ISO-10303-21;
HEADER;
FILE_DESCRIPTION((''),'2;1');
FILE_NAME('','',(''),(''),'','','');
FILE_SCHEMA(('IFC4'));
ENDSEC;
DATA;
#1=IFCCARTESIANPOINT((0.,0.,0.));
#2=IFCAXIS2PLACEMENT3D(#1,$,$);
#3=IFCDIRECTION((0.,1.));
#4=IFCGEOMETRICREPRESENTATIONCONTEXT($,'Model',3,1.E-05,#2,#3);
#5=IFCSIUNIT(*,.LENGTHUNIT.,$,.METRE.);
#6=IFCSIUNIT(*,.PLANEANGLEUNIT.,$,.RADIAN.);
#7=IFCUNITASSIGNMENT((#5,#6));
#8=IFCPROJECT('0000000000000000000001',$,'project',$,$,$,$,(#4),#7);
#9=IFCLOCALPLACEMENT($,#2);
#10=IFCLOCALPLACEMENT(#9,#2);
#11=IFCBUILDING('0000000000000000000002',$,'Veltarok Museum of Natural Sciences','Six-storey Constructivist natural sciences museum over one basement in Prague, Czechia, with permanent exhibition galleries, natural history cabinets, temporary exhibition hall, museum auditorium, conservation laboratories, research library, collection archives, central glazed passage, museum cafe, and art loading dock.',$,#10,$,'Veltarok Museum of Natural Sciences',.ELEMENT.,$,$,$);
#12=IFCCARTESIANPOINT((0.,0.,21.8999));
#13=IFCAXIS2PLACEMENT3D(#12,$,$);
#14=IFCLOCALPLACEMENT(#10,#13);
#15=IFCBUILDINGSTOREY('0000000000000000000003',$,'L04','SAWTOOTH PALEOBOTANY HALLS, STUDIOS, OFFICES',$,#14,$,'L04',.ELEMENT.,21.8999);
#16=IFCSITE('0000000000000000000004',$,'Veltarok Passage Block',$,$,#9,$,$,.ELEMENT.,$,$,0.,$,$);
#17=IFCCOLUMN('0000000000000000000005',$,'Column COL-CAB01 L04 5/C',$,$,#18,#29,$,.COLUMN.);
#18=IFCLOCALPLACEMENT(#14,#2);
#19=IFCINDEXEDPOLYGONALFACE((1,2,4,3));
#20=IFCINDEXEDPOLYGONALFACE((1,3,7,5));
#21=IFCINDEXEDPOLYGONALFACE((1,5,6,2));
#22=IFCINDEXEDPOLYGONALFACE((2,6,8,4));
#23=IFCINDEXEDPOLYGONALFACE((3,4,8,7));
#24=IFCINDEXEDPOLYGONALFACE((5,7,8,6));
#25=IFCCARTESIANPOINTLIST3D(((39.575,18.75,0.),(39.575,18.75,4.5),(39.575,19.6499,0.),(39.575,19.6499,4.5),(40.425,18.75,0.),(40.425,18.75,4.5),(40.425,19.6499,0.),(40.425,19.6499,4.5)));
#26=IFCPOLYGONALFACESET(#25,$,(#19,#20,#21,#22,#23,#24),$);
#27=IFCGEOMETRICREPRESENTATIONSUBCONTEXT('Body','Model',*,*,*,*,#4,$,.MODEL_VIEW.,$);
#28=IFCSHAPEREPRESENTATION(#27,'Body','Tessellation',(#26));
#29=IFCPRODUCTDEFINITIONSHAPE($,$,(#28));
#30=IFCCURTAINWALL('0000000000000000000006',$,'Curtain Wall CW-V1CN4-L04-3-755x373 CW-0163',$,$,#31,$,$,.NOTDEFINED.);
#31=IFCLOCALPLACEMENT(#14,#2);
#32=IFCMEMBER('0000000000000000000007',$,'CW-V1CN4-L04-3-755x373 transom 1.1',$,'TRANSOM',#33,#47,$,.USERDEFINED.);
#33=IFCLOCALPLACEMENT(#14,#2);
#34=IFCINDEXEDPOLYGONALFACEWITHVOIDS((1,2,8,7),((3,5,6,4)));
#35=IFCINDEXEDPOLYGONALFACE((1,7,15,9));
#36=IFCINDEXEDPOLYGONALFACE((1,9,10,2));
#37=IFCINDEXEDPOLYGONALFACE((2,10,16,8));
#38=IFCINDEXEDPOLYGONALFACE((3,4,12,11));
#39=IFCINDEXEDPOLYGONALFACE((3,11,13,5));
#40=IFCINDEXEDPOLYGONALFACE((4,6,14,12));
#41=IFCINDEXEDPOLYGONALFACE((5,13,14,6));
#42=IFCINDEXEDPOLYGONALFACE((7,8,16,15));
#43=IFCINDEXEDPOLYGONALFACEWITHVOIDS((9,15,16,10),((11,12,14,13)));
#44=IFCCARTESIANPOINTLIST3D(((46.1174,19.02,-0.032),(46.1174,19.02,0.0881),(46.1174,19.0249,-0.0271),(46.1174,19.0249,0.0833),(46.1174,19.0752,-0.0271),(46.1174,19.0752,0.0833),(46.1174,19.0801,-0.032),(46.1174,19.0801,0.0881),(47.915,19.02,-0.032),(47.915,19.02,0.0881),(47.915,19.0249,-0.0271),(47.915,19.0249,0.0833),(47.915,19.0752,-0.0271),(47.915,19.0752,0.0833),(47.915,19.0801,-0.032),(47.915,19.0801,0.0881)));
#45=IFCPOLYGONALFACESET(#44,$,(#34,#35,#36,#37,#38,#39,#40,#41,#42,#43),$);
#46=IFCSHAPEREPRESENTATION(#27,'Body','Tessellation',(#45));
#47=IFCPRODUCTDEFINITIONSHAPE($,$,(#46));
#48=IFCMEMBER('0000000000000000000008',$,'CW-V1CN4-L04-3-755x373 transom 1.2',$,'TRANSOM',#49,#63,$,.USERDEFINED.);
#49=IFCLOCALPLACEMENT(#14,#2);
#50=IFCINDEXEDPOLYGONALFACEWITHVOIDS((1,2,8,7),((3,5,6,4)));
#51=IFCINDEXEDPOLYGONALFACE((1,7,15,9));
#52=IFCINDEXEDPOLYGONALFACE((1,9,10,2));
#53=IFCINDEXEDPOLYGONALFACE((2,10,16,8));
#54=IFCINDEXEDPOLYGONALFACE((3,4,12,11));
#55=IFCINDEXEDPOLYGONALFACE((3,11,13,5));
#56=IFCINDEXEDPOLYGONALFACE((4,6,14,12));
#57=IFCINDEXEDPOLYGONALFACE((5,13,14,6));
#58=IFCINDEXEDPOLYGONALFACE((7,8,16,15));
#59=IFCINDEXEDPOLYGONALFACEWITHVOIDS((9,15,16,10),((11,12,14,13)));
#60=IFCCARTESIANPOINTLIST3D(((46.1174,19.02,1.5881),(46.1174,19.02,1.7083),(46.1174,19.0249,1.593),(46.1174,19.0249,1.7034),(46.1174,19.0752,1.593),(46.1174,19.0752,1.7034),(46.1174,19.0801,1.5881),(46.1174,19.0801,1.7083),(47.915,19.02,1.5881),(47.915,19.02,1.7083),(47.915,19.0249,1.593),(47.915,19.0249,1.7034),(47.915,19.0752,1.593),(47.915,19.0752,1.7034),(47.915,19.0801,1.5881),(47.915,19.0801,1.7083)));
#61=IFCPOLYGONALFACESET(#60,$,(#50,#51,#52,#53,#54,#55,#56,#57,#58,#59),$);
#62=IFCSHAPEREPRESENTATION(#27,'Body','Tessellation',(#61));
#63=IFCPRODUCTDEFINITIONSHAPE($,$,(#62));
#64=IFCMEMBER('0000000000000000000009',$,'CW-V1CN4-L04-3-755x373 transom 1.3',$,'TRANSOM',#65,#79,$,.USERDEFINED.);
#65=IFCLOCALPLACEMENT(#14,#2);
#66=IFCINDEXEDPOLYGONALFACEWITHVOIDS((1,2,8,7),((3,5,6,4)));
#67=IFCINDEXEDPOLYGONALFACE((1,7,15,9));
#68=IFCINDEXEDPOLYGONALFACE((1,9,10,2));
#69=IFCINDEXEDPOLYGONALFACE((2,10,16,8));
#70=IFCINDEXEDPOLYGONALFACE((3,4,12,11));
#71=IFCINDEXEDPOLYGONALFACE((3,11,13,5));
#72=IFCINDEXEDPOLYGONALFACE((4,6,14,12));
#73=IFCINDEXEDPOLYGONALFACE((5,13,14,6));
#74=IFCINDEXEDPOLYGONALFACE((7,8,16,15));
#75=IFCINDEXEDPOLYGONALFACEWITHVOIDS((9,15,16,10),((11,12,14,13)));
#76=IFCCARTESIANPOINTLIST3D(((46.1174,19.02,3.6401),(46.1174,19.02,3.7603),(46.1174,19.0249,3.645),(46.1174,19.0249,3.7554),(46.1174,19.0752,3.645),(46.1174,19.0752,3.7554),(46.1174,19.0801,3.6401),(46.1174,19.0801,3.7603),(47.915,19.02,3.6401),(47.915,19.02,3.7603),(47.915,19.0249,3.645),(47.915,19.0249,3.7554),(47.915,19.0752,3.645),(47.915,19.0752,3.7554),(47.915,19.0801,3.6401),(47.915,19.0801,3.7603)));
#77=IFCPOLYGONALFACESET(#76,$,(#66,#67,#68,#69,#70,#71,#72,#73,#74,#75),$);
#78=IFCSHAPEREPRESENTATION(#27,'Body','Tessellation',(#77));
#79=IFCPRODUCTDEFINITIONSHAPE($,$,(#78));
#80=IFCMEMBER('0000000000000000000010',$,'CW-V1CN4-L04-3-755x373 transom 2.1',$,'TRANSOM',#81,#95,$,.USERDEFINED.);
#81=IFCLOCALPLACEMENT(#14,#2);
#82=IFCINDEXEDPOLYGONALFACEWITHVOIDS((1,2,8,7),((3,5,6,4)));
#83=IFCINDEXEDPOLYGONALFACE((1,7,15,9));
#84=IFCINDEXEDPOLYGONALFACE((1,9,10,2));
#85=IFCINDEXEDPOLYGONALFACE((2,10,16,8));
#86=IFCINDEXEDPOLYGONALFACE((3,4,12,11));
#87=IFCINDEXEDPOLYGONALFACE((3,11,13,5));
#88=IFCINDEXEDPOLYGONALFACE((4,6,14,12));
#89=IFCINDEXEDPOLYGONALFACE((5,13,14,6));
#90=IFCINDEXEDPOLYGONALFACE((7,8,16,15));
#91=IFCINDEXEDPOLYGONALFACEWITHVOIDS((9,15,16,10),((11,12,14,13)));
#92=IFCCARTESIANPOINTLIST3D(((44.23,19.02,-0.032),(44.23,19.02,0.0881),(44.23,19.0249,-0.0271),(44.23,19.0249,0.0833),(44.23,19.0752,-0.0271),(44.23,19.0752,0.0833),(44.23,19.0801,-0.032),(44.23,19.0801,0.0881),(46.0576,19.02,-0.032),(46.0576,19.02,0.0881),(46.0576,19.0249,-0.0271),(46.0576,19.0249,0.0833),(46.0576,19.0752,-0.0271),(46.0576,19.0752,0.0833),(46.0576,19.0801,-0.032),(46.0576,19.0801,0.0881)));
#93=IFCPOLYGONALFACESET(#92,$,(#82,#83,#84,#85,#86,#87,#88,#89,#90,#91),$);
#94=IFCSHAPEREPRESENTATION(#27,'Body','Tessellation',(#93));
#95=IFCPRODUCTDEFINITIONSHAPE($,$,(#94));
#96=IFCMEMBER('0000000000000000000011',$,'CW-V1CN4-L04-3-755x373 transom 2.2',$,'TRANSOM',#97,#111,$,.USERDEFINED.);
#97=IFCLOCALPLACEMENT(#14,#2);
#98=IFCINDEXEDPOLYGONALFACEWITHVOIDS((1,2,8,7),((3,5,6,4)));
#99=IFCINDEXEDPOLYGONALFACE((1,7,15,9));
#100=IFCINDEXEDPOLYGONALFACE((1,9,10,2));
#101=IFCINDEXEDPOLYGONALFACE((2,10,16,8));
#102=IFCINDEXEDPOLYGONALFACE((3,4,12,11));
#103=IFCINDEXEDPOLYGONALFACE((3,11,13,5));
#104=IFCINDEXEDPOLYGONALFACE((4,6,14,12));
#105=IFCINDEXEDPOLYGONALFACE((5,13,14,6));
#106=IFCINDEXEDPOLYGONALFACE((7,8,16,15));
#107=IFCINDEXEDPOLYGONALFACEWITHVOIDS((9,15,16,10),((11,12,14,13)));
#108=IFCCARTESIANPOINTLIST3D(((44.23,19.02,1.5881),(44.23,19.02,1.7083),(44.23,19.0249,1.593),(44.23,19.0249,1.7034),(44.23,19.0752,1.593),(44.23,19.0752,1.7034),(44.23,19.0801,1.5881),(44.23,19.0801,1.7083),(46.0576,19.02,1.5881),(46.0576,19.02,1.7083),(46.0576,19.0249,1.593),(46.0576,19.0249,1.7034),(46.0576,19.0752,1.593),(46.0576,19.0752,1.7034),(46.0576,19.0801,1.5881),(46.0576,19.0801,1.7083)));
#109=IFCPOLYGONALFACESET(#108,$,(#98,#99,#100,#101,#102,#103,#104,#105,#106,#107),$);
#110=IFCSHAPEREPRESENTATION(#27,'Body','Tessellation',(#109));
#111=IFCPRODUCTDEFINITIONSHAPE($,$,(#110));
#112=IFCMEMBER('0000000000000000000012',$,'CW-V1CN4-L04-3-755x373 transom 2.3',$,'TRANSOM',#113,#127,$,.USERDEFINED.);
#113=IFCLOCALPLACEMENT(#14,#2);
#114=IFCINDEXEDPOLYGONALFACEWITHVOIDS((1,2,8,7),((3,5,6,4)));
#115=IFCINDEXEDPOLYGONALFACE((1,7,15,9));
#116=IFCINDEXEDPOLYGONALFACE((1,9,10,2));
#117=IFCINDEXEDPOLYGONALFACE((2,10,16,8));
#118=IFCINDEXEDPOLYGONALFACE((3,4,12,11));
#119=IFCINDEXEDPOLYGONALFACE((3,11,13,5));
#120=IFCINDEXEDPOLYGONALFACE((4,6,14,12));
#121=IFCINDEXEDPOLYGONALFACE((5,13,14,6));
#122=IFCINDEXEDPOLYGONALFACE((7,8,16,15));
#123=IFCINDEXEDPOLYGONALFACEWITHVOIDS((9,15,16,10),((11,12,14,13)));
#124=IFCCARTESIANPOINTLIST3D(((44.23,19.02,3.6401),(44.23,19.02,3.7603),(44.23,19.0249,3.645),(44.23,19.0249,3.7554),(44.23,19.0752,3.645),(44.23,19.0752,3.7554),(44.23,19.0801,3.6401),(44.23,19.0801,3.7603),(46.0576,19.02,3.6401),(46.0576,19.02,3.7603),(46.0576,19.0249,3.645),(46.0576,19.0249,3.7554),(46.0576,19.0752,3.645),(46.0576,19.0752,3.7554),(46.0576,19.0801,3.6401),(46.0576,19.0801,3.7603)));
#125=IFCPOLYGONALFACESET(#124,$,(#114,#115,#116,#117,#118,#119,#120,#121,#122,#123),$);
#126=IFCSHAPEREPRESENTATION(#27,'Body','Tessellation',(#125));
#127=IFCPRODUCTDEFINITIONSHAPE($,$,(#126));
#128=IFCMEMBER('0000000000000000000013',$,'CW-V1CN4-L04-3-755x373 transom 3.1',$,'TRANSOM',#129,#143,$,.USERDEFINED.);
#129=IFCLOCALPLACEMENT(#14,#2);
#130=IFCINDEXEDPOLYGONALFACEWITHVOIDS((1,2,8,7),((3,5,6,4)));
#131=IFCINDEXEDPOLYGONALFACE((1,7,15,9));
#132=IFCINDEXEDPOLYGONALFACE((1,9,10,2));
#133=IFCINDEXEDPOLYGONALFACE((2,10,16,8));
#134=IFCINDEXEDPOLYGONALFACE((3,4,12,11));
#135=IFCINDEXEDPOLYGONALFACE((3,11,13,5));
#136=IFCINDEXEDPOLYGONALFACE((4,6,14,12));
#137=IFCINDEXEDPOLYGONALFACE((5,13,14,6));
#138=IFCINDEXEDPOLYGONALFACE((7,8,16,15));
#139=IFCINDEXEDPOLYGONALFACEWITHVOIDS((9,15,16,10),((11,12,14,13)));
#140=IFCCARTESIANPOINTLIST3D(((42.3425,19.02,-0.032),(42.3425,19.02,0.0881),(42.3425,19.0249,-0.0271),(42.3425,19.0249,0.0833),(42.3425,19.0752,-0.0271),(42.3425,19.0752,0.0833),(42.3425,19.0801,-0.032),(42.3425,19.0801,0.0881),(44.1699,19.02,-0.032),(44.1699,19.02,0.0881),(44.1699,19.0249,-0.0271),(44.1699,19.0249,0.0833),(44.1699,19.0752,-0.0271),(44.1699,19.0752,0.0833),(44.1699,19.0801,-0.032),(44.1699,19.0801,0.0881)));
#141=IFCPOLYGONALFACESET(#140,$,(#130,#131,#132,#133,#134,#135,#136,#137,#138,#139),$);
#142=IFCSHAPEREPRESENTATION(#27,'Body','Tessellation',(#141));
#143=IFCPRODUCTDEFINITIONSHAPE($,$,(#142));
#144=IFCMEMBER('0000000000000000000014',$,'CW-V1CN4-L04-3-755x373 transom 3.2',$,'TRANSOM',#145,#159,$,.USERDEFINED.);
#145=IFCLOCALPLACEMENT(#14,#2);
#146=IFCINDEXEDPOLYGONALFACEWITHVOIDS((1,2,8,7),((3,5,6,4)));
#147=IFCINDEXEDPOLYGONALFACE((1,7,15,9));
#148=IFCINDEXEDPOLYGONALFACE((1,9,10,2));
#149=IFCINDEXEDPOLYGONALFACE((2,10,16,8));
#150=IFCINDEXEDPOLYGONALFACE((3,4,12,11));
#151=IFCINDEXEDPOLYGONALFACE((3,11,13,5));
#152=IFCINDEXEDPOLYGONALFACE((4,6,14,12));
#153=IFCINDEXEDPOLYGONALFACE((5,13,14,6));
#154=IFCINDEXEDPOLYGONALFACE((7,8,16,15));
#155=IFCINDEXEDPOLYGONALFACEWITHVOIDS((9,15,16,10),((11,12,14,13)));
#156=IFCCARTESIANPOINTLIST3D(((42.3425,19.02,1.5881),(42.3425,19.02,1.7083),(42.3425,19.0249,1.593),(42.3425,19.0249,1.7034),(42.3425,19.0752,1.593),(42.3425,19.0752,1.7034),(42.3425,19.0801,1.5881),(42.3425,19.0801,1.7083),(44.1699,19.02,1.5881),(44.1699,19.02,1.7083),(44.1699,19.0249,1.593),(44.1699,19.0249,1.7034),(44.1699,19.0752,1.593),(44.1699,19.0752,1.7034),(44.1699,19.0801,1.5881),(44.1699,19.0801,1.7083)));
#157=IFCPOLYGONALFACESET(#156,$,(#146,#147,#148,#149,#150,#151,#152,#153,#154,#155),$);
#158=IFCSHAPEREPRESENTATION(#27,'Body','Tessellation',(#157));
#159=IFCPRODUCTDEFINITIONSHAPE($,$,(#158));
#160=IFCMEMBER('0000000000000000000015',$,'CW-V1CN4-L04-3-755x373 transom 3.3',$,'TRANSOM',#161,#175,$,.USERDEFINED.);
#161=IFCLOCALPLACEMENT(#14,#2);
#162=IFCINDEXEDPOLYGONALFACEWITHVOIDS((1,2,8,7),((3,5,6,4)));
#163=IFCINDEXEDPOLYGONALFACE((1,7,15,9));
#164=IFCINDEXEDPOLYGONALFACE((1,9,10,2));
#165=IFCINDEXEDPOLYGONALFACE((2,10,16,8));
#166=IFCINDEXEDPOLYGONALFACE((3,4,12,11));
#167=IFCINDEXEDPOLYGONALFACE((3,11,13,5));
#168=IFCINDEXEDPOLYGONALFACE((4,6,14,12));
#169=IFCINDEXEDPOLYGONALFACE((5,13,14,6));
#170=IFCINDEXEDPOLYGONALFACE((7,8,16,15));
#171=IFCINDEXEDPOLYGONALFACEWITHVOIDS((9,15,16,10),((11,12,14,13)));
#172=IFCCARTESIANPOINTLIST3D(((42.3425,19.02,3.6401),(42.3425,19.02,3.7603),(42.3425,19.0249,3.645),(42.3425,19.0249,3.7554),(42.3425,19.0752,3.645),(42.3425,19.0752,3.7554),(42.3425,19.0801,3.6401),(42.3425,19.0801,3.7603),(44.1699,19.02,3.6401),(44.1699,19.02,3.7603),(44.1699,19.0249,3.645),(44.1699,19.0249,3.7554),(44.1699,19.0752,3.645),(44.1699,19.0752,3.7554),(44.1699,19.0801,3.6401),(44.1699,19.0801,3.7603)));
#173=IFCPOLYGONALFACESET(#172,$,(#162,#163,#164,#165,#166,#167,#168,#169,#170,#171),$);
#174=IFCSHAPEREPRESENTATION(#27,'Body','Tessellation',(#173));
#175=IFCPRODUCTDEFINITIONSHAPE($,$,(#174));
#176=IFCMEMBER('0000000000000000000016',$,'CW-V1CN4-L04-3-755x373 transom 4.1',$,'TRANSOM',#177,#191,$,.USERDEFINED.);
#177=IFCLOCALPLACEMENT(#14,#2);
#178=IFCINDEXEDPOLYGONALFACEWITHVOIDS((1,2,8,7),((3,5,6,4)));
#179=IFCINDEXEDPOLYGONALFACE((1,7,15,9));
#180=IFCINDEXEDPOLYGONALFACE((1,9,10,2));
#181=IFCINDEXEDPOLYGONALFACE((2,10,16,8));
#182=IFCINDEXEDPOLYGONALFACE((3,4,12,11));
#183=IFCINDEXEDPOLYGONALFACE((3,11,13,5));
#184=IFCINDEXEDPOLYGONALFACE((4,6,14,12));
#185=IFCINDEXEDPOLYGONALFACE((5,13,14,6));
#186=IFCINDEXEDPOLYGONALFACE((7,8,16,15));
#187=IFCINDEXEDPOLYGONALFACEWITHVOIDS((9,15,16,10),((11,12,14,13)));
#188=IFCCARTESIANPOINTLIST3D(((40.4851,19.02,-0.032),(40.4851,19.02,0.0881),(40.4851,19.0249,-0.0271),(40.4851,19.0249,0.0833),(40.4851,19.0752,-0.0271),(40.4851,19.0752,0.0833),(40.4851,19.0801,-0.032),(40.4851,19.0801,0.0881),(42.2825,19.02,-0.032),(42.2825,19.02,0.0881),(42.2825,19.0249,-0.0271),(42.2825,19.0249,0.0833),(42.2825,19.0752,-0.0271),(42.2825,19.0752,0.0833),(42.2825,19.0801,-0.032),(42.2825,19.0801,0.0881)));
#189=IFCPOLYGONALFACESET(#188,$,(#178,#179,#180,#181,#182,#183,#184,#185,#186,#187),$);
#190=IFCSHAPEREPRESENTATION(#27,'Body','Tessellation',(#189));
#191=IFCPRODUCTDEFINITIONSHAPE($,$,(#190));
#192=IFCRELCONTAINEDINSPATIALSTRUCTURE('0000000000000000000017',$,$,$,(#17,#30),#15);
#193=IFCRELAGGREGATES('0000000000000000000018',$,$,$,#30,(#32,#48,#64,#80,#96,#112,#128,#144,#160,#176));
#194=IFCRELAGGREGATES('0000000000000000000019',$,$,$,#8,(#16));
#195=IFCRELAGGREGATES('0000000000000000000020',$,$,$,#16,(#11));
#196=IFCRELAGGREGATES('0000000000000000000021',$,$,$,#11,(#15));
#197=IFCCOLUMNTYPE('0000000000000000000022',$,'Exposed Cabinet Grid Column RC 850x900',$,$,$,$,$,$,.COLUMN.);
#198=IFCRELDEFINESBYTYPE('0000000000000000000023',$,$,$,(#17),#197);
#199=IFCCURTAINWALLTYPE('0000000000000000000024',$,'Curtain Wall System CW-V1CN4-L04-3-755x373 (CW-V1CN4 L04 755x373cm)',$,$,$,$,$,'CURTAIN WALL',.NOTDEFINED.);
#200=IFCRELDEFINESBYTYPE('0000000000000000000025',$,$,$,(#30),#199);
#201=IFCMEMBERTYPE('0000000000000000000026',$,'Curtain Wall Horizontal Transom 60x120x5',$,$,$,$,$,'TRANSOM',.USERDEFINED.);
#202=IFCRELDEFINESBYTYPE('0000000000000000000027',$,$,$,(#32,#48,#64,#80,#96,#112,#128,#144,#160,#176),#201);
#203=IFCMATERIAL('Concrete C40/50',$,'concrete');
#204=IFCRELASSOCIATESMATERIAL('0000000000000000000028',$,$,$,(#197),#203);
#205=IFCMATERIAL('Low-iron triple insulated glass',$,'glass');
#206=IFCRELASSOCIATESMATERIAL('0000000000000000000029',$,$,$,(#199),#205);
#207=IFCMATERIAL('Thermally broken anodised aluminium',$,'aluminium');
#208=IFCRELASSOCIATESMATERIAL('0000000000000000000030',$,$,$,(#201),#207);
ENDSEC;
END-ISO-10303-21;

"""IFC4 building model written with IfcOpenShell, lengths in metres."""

from ifc_helpers import new_model, si_unit, direction, frame, origin, origin_2d, place, context, subcontext, project, spatial, rectangle, hollow_rectangle, extrude, material, material_profile, profile_set, type_object, element, aggregate, save


model = new_model("IFC4")

# Units and contexts
model_context = context("Model", 3, precision=1e-05, world=origin(), true_north=direction((0.0, 1.0)))
body_context = subcontext(model_context, "Body", "Model", "MODEL_VIEW")
ifc_project = project(units=[si_unit("LENGTHUNIT", "METRE"), si_unit("PLANEANGLEUNIT", "RADIAN")], contexts=[model_context])

# Site, building, storey
site_placement = place(None, origin())
site = spatial("IfcSite", under=ifc_project, at=site_placement, Name="Veltarok Passage Block", CompositionType="ELEMENT", RefElevation=0.0)
building_placement = place(site_placement, origin())
building = spatial("IfcBuilding", under=site, at=building_placement, Name="Veltarok Museum of Natural Sciences", Description="Six-storey Constructivist natural sciences museum over one basement in Prague, Czechia, with permanent exhibition galleries, natural history cabinets, temporary exhibition hall, museum auditorium, conservation laboratories, research library, collection archives, central glazed passage, museum cafe, and art loading dock.", LongName="Veltarok Museum of Natural Sciences", CompositionType="ELEMENT")
storey_placement = place(building_placement, frame((0.0, 0.0, 21.8999)))
storey = spatial("IfcBuildingStorey", under=building, at=storey_placement, Name="L04", Description="SAWTOOTH PALEOBOTANY HALLS, STUDIOS, OFFICES", LongName="L04", CompositionType="ELEMENT", Elevation=21.8999)

# Column
ifc_material_1 = material(Name="Concrete C40/50", Category="concrete")
ifc_material_profile_1 = material_profile(ifc_material_1, rectangle(XDim=0.8501, YDim=0.8999, at=origin_2d()), Name="RC 850x900")
ifc_profile_set_1 = profile_set([ifc_material_profile_1], Name="Concrete C40/50")
column_type = type_object("IfcColumnType", Name="Exposed Cabinet Grid Column RC 850x900", PredefinedType="COLUMN", material=ifc_profile_set_1)
column_placement = place(storey_placement, frame((40.0, 19.2, 0.0), z_axis=(0.0, 0.0, 1.0), x_axis=(1.0, 0.0, 0.0)))
element("IfcColumn", 1, at=column_placement, inside=storey, type_object=column_type, Name="Column COL-CAB01 L04 5/C", PredefinedType="COLUMN", context=body_context, shape_type="SweptSolid", body=[
    extrude(rectangle(XDim=0.8501, YDim=0.8999, at=origin_2d()), origin(), (0.0, 0.0, 1.0), 4.5),
])

# Curtain wall, members
ifc_material_2 = material(Name="Low-iron triple insulated glass", Category="glass")
curtain_wall_type = type_object("IfcCurtainWallType", Name="Curtain Wall System CW-V1CN4-L04-3-755x373 (CW-V1CN4 L04 755x373cm)", ElementType="CURTAIN WALL", PredefinedType="NOTDEFINED", material=ifc_material_2)
curtain_wall_placement = place(storey_placement, origin())
curtain_wall = element("IfcCurtainWall", 2, at=curtain_wall_placement, inside=storey, type_object=curtain_wall_type, Name="Curtain Wall CW-V1CN4-L04-3-755x373 CW-0163", PredefinedType="NOTDEFINED")
ifc_material_3 = material(Name="Thermally broken anodised aluminium", Category="aluminium")
ifc_material_profile_2 = material_profile(ifc_material_3, hollow_rectangle(XDim=0.0601, YDim=0.1201, WallThickness=0.0049, at=origin_2d()), Name="CW TRANSOM 60x120x5")
ifc_profile_set_2 = profile_set([ifc_material_profile_2], Name="Thermally broken anodised aluminium")
member_type_1 = type_object("IfcMemberType", Name="Curtain Wall Horizontal Transom 60x120x5", ElementType="TRANSOM", PredefinedType="USERDEFINED", material=ifc_profile_set_2)
member_1_placement = place(storey_placement, frame((47.915, 19.05, 0.0281), z_axis=(-1.0, 0.0, 0.0), x_axis=(0.0, -1.0, 0.0)))
member_1 = element("IfcMember", 3, at=member_1_placement, type_object=member_type_1, Name="CW-V1CN4-L04-3-755x373 transom 1.1", ObjectType="TRANSOM", PredefinedType="USERDEFINED", context=body_context, shape_type="SweptSolid", body=[
    extrude(hollow_rectangle(XDim=0.0601, YDim=0.1201, WallThickness=0.0049, at=origin_2d()), origin(), (0.0, 0.0, 1.0), 1.7976),
])
member_2_placement = place(storey_placement, frame((47.915, 19.05, 1.6482), z_axis=(-1.0, 0.0, 0.0), x_axis=(0.0, -1.0, 0.0)))
member_2 = element("IfcMember", 4, at=member_2_placement, type_object=member_type_1, Name="CW-V1CN4-L04-3-755x373 transom 1.2", ObjectType="TRANSOM", PredefinedType="USERDEFINED", context=body_context, shape_type="SweptSolid", body=[
    extrude(hollow_rectangle(XDim=0.0601, YDim=0.1201, WallThickness=0.0049, at=origin_2d()), origin(), (0.0, 0.0, 1.0), 1.7976),
])
member_3_placement = place(storey_placement, frame((47.915, 19.05, 3.7002), z_axis=(-1.0, 0.0, 0.0), x_axis=(0.0, -1.0, 0.0)))
member_3 = element("IfcMember", 5, at=member_3_placement, type_object=member_type_1, Name="CW-V1CN4-L04-3-755x373 transom 1.3", ObjectType="TRANSOM", PredefinedType="USERDEFINED", context=body_context, shape_type="SweptSolid", body=[
    extrude(hollow_rectangle(XDim=0.0601, YDim=0.1201, WallThickness=0.0049, at=origin_2d()), origin(), (0.0, 0.0, 1.0), 1.7976),
])
member_4_placement = place(storey_placement, frame((46.0576, 19.05, 0.0281), z_axis=(-1.0, 0.0, 0.0), x_axis=(0.0, -1.0, 0.0)))
member_4 = element("IfcMember", 6, at=member_4_placement, type_object=member_type_1, Name="CW-V1CN4-L04-3-755x373 transom 2.1", ObjectType="TRANSOM", PredefinedType="USERDEFINED", context=body_context, shape_type="SweptSolid", body=[
    extrude(hollow_rectangle(XDim=0.0601, YDim=0.1201, WallThickness=0.0049, at=origin_2d()), origin(), (0.0, 0.0, 1.0), 1.8276),
])
member_5_placement = place(storey_placement, frame((46.0576, 19.05, 1.6482), z_axis=(-1.0, 0.0, 0.0), x_axis=(0.0, -1.0, 0.0)))
member_5 = element("IfcMember", 7, at=member_5_placement, type_object=member_type_1, Name="CW-V1CN4-L04-3-755x373 transom 2.2", ObjectType="TRANSOM", PredefinedType="USERDEFINED", context=body_context, shape_type="SweptSolid", body=[
    extrude(hollow_rectangle(XDim=0.0601, YDim=0.1201, WallThickness=0.0049, at=origin_2d()), origin(), (0.0, 0.0, 1.0), 1.8276),
])
member_6_placement = place(storey_placement, frame((46.0576, 19.05, 3.7002), z_axis=(-1.0, 0.0, 0.0), x_axis=(0.0, -1.0, 0.0)))
member_6 = element("IfcMember", 8, at=member_6_placement, type_object=member_type_1, Name="CW-V1CN4-L04-3-755x373 transom 2.3", ObjectType="TRANSOM", PredefinedType="USERDEFINED", context=body_context, shape_type="SweptSolid", body=[
    extrude(hollow_rectangle(XDim=0.0601, YDim=0.1201, WallThickness=0.0049, at=origin_2d()), origin(), (0.0, 0.0, 1.0), 1.8276),
])
member_7_placement = place(storey_placement, frame((44.1699, 19.05, 0.0281), z_axis=(-1.0, 0.0, 0.0), x_axis=(0.0, -1.0, 0.0)))
member_7 = element("IfcMember", 9, at=member_7_placement, type_object=member_type_1, Name="CW-V1CN4-L04-3-755x373 transom 3.1", ObjectType="TRANSOM", PredefinedType="USERDEFINED", context=body_context, shape_type="SweptSolid", body=[
    extrude(hollow_rectangle(XDim=0.0601, YDim=0.1201, WallThickness=0.0049, at=origin_2d()), origin(), (0.0, 0.0, 1.0), 1.8274),
])
member_8_placement = place(storey_placement, frame((44.1699, 19.05, 1.6482), z_axis=(-1.0, 0.0, 0.0), x_axis=(0.0, -1.0, 0.0)))
member_8 = element("IfcMember", 10, at=member_8_placement, type_object=member_type_1, Name="CW-V1CN4-L04-3-755x373 transom 3.2", ObjectType="TRANSOM", PredefinedType="USERDEFINED", context=body_context, shape_type="SweptSolid", body=[
    extrude(hollow_rectangle(XDim=0.0601, YDim=0.1201, WallThickness=0.0049, at=origin_2d()), origin(), (0.0, 0.0, 1.0), 1.8274),
])
member_9_placement = place(storey_placement, frame((44.1699, 19.05, 3.7002), z_axis=(-1.0, 0.0, 0.0), x_axis=(0.0, -1.0, 0.0)))
member_9 = element("IfcMember", 11, at=member_9_placement, type_object=member_type_1, Name="CW-V1CN4-L04-3-755x373 transom 3.3", ObjectType="TRANSOM", PredefinedType="USERDEFINED", context=body_context, shape_type="SweptSolid", body=[
    extrude(hollow_rectangle(XDim=0.0601, YDim=0.1201, WallThickness=0.0049, at=origin_2d()), origin(), (0.0, 0.0, 1.0), 1.8274),
])
member_10_placement = place(storey_placement, frame((42.2825, 19.05, 0.0281), z_axis=(-1.0, 0.0, 0.0), x_axis=(0.0, -1.0, 0.0)))
member_10 = element("IfcMember", 12, at=member_10_placement, type_object=member_type_1, Name="CW-V1CN4-L04-3-755x373 transom 4.1", ObjectType="TRANSOM", PredefinedType="USERDEFINED", context=body_context, shape_type="SweptSolid", body=[
    extrude(hollow_rectangle(XDim=0.0601, YDim=0.1201, WallThickness=0.0049, at=origin_2d()), origin(), (0.0, 0.0, 1.0), 1.7974),
])

aggregate(curtain_wall, [member_1, member_2, member_3, member_4, member_5, member_6, member_7, member_8, member_9, member_10])

save(model, "model.ifc")
